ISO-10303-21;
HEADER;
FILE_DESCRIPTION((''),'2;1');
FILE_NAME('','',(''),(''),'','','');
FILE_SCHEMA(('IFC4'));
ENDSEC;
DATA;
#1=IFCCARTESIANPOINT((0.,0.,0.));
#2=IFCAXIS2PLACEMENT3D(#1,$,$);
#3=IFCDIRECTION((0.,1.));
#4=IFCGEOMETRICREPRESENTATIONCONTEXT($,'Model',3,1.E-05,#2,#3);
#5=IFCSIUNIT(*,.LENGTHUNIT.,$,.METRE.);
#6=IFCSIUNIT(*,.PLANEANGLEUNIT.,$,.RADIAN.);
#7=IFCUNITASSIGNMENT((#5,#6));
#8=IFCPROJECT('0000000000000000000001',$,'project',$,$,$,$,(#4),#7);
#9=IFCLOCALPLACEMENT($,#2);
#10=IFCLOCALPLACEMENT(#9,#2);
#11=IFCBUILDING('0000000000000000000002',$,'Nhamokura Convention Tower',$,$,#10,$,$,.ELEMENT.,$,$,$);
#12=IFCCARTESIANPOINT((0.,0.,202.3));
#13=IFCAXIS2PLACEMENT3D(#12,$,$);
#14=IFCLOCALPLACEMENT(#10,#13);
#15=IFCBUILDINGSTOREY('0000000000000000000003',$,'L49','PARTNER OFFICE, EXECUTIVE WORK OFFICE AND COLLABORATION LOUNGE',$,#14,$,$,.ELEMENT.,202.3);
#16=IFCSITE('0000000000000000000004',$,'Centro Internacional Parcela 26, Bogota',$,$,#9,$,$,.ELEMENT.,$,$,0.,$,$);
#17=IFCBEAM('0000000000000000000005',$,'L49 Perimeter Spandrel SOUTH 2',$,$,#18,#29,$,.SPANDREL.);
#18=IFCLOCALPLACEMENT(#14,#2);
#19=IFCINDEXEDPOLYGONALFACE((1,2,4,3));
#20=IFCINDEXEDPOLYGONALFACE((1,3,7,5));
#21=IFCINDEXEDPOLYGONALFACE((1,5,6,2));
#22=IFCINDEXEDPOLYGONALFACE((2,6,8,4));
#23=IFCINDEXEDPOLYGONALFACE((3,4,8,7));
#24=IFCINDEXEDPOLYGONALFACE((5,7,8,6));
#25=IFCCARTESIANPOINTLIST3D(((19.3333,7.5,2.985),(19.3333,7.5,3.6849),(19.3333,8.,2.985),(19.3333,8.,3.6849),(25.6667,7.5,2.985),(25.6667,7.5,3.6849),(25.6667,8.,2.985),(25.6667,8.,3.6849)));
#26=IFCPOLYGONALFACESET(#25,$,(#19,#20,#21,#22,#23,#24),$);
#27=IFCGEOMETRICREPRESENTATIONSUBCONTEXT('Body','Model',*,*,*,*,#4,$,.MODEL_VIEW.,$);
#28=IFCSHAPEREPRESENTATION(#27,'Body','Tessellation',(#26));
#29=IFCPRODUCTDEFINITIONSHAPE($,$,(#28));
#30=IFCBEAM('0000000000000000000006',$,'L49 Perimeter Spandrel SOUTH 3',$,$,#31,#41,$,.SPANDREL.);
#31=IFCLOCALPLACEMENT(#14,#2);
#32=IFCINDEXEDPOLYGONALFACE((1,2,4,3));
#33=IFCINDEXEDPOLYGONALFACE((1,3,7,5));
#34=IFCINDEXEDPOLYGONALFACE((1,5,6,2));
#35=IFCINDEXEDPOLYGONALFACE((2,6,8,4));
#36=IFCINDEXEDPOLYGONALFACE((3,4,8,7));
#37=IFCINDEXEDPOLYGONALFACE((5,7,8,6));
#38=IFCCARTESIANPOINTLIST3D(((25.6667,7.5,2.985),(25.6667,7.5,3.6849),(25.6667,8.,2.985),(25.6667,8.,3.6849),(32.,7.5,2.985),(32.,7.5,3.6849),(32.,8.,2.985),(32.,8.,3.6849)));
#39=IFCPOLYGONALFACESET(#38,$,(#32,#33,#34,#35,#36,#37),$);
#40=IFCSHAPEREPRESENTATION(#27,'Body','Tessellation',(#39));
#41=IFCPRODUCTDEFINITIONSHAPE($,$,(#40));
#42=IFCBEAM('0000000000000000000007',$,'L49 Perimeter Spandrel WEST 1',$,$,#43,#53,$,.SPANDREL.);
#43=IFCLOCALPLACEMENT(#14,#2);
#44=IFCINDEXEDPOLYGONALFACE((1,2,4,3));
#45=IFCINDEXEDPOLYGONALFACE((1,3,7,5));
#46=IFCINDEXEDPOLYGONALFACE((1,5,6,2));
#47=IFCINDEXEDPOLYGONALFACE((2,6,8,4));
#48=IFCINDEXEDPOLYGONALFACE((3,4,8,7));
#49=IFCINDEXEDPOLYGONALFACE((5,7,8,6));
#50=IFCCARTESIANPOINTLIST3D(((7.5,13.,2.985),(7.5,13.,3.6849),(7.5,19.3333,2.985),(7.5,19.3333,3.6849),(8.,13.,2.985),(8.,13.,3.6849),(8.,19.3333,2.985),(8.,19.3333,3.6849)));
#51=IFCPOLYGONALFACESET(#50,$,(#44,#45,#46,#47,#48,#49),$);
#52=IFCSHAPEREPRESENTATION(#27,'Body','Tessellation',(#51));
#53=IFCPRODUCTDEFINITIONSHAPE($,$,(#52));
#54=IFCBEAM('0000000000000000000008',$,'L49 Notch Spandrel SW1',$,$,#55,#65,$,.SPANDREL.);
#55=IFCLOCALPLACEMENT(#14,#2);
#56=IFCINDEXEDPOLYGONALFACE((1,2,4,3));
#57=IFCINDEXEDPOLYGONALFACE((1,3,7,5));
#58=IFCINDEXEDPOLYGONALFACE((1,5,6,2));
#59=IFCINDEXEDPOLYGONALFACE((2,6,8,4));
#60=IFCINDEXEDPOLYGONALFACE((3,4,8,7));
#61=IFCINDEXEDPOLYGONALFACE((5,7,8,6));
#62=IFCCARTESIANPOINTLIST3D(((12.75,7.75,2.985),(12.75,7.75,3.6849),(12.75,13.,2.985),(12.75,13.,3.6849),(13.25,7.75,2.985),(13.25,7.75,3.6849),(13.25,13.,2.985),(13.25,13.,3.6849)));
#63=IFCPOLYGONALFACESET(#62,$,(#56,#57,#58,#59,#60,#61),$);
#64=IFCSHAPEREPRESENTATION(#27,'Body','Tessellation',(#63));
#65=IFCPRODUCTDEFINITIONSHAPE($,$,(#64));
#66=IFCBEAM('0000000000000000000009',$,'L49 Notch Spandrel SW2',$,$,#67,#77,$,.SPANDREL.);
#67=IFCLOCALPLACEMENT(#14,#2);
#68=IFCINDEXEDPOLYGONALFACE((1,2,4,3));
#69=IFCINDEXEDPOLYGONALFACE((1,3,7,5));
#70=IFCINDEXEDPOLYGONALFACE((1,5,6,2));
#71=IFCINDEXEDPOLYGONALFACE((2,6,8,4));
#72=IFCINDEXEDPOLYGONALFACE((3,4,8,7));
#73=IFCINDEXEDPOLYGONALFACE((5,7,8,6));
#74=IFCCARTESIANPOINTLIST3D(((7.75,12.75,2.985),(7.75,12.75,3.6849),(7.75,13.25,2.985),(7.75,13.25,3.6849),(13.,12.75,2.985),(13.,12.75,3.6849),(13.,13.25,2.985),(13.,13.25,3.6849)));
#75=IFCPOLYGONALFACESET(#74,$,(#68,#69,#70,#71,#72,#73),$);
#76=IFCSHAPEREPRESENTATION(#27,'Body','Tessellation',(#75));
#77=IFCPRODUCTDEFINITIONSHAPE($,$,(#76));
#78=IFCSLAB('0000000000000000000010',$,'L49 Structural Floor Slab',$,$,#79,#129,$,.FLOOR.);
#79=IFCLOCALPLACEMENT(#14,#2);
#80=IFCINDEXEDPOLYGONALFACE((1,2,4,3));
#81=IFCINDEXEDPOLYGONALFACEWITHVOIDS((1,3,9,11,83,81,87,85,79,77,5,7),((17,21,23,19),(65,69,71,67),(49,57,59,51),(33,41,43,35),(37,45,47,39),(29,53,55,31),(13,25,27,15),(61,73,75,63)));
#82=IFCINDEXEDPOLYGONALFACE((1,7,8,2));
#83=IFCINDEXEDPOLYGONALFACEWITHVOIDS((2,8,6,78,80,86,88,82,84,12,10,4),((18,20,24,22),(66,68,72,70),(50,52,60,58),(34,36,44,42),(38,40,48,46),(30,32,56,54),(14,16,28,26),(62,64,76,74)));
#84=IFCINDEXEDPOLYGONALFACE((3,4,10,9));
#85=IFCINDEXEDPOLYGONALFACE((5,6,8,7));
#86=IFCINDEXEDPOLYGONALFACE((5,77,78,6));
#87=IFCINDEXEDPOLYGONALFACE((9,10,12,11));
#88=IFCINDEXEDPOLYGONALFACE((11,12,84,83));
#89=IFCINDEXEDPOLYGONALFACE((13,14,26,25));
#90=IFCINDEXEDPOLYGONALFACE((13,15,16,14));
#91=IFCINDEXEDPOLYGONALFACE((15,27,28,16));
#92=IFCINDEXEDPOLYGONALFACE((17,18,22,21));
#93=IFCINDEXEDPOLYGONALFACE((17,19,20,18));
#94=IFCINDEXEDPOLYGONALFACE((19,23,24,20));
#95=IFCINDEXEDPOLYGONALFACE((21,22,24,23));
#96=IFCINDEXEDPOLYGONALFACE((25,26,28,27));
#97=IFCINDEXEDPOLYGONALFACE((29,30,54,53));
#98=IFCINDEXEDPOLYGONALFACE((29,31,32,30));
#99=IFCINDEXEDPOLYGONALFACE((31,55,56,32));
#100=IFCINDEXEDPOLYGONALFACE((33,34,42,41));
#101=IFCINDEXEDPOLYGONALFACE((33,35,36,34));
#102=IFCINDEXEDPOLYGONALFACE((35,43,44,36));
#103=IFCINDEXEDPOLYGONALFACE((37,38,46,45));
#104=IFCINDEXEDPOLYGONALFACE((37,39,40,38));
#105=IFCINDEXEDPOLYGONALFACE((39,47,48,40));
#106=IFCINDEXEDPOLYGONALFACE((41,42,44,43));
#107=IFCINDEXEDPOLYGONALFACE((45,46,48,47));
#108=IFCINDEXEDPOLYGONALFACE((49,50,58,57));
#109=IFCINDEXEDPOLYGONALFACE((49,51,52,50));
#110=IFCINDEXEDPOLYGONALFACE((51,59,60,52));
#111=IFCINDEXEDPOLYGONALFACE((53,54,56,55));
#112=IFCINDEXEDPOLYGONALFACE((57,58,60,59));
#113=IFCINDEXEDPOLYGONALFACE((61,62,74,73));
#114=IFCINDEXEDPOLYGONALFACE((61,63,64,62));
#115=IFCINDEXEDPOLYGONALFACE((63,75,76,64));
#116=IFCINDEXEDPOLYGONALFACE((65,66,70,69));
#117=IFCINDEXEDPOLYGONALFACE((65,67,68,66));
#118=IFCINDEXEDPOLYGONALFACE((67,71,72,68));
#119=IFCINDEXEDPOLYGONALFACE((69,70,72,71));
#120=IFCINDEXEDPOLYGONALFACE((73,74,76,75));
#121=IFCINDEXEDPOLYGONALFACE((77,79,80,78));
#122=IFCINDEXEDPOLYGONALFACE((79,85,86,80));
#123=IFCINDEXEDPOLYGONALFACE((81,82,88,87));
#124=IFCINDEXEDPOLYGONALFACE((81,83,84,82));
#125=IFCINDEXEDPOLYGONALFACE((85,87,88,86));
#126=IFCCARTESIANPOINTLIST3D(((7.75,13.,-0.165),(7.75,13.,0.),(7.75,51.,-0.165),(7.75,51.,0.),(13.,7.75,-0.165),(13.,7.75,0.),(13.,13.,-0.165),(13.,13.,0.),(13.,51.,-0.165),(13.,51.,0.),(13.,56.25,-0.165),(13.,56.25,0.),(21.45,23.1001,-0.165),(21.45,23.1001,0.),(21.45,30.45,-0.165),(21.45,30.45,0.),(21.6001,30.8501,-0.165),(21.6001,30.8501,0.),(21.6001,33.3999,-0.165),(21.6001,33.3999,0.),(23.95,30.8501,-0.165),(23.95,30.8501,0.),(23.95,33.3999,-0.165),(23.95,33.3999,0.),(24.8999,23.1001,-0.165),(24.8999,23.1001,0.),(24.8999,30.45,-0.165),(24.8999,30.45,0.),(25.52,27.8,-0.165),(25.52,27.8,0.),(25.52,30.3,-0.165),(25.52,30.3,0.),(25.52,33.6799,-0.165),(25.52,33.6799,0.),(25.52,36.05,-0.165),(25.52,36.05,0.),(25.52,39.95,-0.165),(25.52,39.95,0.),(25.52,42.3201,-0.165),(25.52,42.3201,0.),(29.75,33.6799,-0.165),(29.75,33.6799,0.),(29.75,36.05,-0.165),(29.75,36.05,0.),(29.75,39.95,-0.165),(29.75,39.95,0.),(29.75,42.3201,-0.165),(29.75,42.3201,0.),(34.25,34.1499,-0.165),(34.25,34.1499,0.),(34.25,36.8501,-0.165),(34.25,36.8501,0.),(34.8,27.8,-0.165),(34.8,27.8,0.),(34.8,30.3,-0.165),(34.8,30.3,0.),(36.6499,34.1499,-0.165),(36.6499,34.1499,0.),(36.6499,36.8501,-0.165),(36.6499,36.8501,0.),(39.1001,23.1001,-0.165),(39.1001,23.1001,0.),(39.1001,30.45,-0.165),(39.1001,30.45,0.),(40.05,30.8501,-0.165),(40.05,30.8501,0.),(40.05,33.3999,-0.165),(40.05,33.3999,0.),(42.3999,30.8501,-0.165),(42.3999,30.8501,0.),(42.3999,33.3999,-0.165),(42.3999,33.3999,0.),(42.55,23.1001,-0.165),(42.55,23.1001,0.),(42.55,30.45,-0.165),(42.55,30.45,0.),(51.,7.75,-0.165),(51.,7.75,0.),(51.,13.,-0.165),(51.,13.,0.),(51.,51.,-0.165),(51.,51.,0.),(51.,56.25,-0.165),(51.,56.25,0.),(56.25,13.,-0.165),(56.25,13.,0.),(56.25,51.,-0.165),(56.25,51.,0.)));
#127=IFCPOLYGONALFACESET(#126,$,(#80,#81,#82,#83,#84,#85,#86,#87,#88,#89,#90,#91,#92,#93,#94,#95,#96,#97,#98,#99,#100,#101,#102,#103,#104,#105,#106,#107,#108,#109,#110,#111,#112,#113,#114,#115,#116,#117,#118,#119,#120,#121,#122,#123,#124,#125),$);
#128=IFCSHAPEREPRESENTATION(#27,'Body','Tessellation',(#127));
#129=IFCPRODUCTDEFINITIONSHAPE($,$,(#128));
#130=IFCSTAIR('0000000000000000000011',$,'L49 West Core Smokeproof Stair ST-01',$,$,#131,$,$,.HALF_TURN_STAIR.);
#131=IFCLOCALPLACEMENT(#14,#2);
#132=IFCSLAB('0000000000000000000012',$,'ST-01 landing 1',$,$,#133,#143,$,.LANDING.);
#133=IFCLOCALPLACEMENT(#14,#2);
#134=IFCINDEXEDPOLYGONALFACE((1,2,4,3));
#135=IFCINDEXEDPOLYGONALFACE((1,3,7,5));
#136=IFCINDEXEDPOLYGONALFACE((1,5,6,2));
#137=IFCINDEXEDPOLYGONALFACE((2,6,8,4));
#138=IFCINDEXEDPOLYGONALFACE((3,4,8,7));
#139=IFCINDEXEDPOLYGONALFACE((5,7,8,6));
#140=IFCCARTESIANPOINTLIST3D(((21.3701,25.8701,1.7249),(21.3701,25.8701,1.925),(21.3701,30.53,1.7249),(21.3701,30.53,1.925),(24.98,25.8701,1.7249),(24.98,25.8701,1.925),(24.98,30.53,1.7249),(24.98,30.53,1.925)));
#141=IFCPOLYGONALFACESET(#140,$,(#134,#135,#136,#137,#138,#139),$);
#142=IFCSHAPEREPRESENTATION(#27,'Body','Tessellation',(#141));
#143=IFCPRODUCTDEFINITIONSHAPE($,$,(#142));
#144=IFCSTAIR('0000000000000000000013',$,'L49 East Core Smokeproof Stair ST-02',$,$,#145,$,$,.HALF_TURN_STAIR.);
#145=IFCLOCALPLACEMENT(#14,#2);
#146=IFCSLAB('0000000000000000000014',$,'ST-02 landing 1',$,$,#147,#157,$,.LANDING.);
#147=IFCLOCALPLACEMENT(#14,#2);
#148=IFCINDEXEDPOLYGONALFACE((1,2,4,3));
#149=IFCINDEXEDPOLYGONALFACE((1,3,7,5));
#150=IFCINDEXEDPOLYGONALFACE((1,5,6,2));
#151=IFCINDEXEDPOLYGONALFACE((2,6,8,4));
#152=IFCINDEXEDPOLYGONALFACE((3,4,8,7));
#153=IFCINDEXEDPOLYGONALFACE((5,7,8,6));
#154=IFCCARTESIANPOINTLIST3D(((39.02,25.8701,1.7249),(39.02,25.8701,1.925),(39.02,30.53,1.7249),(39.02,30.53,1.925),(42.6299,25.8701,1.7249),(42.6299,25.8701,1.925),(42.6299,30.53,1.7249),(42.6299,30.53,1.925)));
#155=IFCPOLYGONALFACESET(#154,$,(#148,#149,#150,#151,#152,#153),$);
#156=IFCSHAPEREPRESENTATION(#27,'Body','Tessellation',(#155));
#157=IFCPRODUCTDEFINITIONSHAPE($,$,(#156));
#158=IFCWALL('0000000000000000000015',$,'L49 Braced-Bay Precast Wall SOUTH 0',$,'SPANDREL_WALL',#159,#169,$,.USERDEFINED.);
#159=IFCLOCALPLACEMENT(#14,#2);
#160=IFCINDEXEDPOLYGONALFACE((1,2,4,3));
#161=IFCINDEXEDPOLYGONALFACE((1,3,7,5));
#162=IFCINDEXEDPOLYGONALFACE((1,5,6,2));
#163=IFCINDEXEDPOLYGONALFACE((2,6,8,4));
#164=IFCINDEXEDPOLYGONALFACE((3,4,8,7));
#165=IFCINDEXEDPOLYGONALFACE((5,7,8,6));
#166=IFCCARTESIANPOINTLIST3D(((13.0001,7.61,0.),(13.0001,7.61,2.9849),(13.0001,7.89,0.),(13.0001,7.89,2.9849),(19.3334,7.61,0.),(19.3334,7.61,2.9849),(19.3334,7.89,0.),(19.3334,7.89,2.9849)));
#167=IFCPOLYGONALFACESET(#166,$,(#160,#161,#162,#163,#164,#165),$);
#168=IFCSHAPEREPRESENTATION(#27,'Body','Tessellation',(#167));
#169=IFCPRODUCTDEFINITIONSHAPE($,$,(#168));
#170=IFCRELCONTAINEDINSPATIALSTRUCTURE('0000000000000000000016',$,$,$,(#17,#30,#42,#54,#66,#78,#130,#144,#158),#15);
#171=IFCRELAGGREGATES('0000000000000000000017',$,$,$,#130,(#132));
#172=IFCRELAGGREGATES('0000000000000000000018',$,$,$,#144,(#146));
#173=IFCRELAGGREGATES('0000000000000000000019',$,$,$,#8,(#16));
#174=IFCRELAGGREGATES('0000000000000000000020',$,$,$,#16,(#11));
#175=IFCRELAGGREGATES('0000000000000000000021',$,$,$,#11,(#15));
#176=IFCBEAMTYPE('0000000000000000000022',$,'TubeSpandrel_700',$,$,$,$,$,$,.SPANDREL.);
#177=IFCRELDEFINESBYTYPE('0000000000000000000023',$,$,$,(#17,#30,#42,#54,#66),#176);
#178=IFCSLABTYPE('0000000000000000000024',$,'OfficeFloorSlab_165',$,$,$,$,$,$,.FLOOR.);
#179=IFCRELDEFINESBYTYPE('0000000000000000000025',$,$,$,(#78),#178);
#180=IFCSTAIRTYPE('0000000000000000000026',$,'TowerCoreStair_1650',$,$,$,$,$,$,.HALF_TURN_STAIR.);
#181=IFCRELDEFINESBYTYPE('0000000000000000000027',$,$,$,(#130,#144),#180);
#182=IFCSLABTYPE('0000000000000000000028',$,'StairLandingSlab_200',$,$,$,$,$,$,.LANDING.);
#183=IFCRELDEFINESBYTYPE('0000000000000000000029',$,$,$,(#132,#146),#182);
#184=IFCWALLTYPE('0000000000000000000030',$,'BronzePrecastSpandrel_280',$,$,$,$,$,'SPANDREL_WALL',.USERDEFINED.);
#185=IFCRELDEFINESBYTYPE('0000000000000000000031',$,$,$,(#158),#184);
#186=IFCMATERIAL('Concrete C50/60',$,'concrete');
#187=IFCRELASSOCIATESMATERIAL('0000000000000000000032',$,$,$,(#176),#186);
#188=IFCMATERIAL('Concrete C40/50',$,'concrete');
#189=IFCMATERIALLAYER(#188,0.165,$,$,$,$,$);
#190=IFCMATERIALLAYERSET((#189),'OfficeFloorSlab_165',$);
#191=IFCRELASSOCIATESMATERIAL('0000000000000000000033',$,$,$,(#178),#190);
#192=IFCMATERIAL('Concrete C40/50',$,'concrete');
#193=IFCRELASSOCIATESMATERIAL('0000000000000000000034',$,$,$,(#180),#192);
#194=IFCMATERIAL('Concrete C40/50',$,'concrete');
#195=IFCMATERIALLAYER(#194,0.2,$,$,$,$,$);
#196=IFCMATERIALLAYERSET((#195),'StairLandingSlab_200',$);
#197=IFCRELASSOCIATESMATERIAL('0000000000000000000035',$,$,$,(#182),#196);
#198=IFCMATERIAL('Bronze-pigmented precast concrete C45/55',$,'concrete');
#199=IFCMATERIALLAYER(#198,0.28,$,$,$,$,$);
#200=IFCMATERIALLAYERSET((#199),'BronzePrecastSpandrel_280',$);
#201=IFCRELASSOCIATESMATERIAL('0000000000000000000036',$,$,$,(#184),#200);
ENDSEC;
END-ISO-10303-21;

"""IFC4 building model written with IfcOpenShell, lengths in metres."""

from ifc_helpers import new_model, si_unit, direction, frame, frame_2d, origin, origin_2d, place, context, subcontext, project, spatial, polyline, rectangle, outline, extrude, material, layer, layer_set, material_profile, profile_set, type_object, element, aggregate, save


model = new_model("IFC4")

# Units and contexts
model_context = context("Model", 3, precision=1e-05, world=origin(), true_north=direction((0.0, 1.0)))
body_context = subcontext(model_context, "Body", "Model", "MODEL_VIEW")
ifc_project = project(units=[si_unit("LENGTHUNIT", "METRE"), si_unit("PLANEANGLEUNIT", "RADIAN")], contexts=[model_context])

# Site, building, storey
site_placement = place(None, origin())
site = spatial("IfcSite", under=ifc_project, at=site_placement, Name="Centro Internacional Parcela 26, Bogota", CompositionType="ELEMENT", RefElevation=0.0)
building_placement = place(site_placement, origin())
building = spatial("IfcBuilding", under=site, at=building_placement, Name="Nhamokura Convention Tower", CompositionType="ELEMENT")
storey_placement = place(building_placement, frame((0.0, 0.0, 202.3)))
storey = spatial("IfcBuildingStorey", under=building, at=storey_placement, Name="L49", Description="PARTNER OFFICE, EXECUTIVE WORK OFFICE AND COLLABORATION LOUNGE", CompositionType="ELEMENT", Elevation=202.3)

# Beams
ifc_material_1 = material(Name="Concrete C50/60", Category="concrete")
ifc_material_profile_1 = material_profile(ifc_material_1, rectangle(XDim=0.5, YDim=0.7, at=origin_2d()))
ifc_profile_set_1 = profile_set([ifc_material_profile_1], Name="Concrete C50/60")
beam_type_1 = type_object("IfcBeamType", Name="TubeSpandrel_700", PredefinedType="SPANDREL", material=ifc_profile_set_1)
beam_1_placement = place(storey_placement, frame((19.3333, 7.75, 3.335), z_axis=(1.0, 0.0, 0.0), x_axis=(0.0, 1.0, 0.0)))
element("IfcBeam", 1, at=beam_1_placement, inside=storey, type_object=beam_type_1, Name="L49 Perimeter Spandrel SOUTH 2", PredefinedType="SPANDREL", context=body_context, shape_type="SweptSolid", body=[
    extrude(rectangle(XDim=0.5, YDim=0.7, at=origin_2d()), origin(), (0.0, 0.0, 1.0), 6.3335),
])
for number, where, z_axis, x_axis, name in (
    (2, (25.6667, 7.75, 3.335), (1.0, 0.0, 0.0), (0.0, 1.0, 0.0), "L49 Perimeter Spandrel SOUTH 3"),
    (3, (7.75, 13.0, 3.335), (0.0, 1.0, 0.0), (-1.0, 0.0, 0.0), "L49 Perimeter Spandrel WEST 1"),
):
    element("IfcBeam", number, at=place(storey_placement, frame(where, z_axis=z_axis, x_axis=x_axis)), inside=storey, type_object=beam_type_1, Name=name, PredefinedType="SPANDREL", context=body_context, shape_type="SweptSolid", body=[
        extrude(rectangle(XDim=0.5, YDim=0.7, at=origin_2d()), origin(), (0.0, 0.0, 1.0), 6.3333),
    ])
for number, where, z_axis, x_axis, name in (
    (4, (13.0, 7.75, 3.335), (0.0, 1.0, 0.0), (-1.0, 0.0, 0.0), "L49 Notch Spandrel SW1"),
    (5, (13.0, 13.0, 3.335), (-1.0, 0.0, 0.0), (0.0, -1.0, 0.0), "L49 Notch Spandrel SW2"),
):
    element("IfcBeam", number, at=place(storey_placement, frame(where, z_axis=z_axis, x_axis=x_axis)), inside=storey, type_object=beam_type_1, Name=name, PredefinedType="SPANDREL", context=body_context, shape_type="SweptSolid", body=[
        extrude(rectangle(XDim=0.5, YDim=0.7, at=origin_2d()), origin(), (0.0, 0.0, 1.0), 5.25),
    ])

# Slab
ifc_material_2 = material(Name="Concrete C40/50", Category="concrete")
ifc_layer_1 = layer(ifc_material_2, 0.165)
ifc_layer_set_1 = layer_set([ifc_layer_1], Name="OfficeFloorSlab_165")
slab_type_1 = type_object("IfcSlabType", Name="OfficeFloorSlab_165", PredefinedType="FLOOR", material=ifc_layer_set_1)
slab_1_placement = place(storey_placement, frame((0.0, 0.0, -0.165)))
element("IfcSlab", 6, at=slab_1_placement, inside=storey, type_object=slab_type_1, Name="L49 Structural Floor Slab", PredefinedType="FLOOR", context=body_context, shape_type="SweptSolid", body=[
    extrude(outline(polyline([(13.0, 7.75), (51.0, 7.75), (51.0, 13.0), (56.25, 13.0), (56.25, 51.0), (51.0, 51.0), (51.0, 56.25), (13.0, 56.25), (13.0, 51.0), (7.75, 51.0), (7.75, 13.0), (13.0, 13.0), (13.0, 7.75)]), holes=[polyline([(24.8999, 23.1001), (24.8999, 30.45), (21.45, 30.45), (21.45, 23.1001), (24.8999, 23.1001)]), polyline([(42.55, 23.1001), (42.55, 30.45), (39.1001, 30.45), (39.1001, 23.1001), (42.55, 23.1001)]), polyline([(21.6001, 30.8501), (23.95, 30.8501), (23.95, 33.3999), (21.6001, 33.3999), (21.6001, 30.8501)]), polyline([(40.05, 30.8501), (42.3999, 30.8501), (42.3999, 33.3999), (40.05, 33.3999), (40.05, 30.8501)]), polyline([(34.25, 34.1499), (36.6499, 34.1499), (36.6499, 36.8501), (34.25, 36.8501), (34.25, 34.1499)]), polyline([(25.52, 27.8), (34.8, 27.8), (34.8, 30.3), (25.52, 30.3), (25.52, 27.8)]), polyline([(25.52, 33.6799), (29.75, 33.6799), (29.75, 36.05), (25.52, 36.05), (25.52, 33.6799)]), polyline([(25.52, 39.95), (29.75, 39.95), (29.75, 42.3201), (25.52, 42.3201), (25.52, 39.95)])]), origin(), (0.0, 0.0, 1.0), 0.165),
])

# Stairs, slabs
ifc_material_3 = material(Name="Concrete C40/50", Category="concrete")
stair_type = type_object("IfcStairType", Name="TowerCoreStair_1650", PredefinedType="HALF_TURN_STAIR", material=ifc_material_3)
stair_1_placement = place(storey_placement, origin())
stair_1 = element("IfcStair", 7, at=stair_1_placement, inside=storey, type_object=stair_type, Name="L49 West Core Smokeproof Stair ST-01", PredefinedType="HALF_TURN_STAIR")
ifc_material_4 = material(Name="Concrete C40/50", Category="concrete")
ifc_layer_2 = layer(ifc_material_4, 0.2)
ifc_layer_set_2 = layer_set([ifc_layer_2], Name="StairLandingSlab_200")
slab_type_2 = type_object("IfcSlabType", Name="StairLandingSlab_200", PredefinedType="LANDING", material=ifc_layer_set_2)
slab_2_placement = place(storey_placement, frame((0.0, 0.0, 1.7249)))
slab_2 = element("IfcSlab", 8, at=slab_2_placement, type_object=slab_type_2, Name="ST-01 landing 1", PredefinedType="LANDING", context=body_context, shape_type="SweptSolid", body=[
    extrude(outline(polyline([(24.98, 25.8701), (24.98, 30.53), (21.3701, 30.53), (21.3701, 25.8701), (24.98, 25.8701)])), origin(), (0.0, 0.0, 1.0), 0.2002),
])
aggregate(stair_1, [slab_2])
stair_2_placement = place(storey_placement, origin())
stair_2 = element("IfcStair", 9, at=stair_2_placement, inside=storey, type_object=stair_type, Name="L49 East Core Smokeproof Stair ST-02", PredefinedType="HALF_TURN_STAIR")
slab_3_placement = place(storey_placement, frame((0.0, 0.0, 1.7249)))
slab_3 = element("IfcSlab", 10, at=slab_3_placement, type_object=slab_type_2, Name="ST-02 landing 1", PredefinedType="LANDING", context=body_context, shape_type="SweptSolid", body=[
    extrude(outline(polyline([(42.6299, 25.8701), (42.6299, 30.53), (39.02, 30.53), (39.02, 25.8701), (42.6299, 25.8701)])), origin(), (0.0, 0.0, 1.0), 0.2002),
])
aggregate(stair_2, [slab_3])

# Wall
ifc_material_5 = material(Name="Bronze-pigmented precast concrete C45/55", Category="concrete")
ifc_layer_3 = layer(ifc_material_5, 0.28)
ifc_layer_set_3 = layer_set([ifc_layer_3], Name="BronzePrecastSpandrel_280")
wall_type_1 = type_object("IfcWallType", Name="BronzePrecastSpandrel_280", ElementType="SPANDREL_WALL", PredefinedType="USERDEFINED", material=ifc_layer_set_3)
wall_1_placement = place(storey_placement, frame((19.3333, 7.75, 0.0), z_axis=(0.0, 0.0, 1.0), x_axis=(-1.0, 0.0, 0.0)))
element("IfcWall", 11, at=wall_1_placement, inside=storey, type_object=wall_type_1, Name="L49 Braced-Bay Precast Wall SOUTH 0", ObjectType="SPANDREL_WALL", PredefinedType="USERDEFINED", context=body_context, shape_type="SweptSolid", body=[
    extrude(rectangle(XDim=6.3333, YDim=0.28, at=frame_2d((3.1665, 0.0))), origin(), (0.0, 0.0, 1.0), 2.9849),
])

save(model, "model.ifc")
